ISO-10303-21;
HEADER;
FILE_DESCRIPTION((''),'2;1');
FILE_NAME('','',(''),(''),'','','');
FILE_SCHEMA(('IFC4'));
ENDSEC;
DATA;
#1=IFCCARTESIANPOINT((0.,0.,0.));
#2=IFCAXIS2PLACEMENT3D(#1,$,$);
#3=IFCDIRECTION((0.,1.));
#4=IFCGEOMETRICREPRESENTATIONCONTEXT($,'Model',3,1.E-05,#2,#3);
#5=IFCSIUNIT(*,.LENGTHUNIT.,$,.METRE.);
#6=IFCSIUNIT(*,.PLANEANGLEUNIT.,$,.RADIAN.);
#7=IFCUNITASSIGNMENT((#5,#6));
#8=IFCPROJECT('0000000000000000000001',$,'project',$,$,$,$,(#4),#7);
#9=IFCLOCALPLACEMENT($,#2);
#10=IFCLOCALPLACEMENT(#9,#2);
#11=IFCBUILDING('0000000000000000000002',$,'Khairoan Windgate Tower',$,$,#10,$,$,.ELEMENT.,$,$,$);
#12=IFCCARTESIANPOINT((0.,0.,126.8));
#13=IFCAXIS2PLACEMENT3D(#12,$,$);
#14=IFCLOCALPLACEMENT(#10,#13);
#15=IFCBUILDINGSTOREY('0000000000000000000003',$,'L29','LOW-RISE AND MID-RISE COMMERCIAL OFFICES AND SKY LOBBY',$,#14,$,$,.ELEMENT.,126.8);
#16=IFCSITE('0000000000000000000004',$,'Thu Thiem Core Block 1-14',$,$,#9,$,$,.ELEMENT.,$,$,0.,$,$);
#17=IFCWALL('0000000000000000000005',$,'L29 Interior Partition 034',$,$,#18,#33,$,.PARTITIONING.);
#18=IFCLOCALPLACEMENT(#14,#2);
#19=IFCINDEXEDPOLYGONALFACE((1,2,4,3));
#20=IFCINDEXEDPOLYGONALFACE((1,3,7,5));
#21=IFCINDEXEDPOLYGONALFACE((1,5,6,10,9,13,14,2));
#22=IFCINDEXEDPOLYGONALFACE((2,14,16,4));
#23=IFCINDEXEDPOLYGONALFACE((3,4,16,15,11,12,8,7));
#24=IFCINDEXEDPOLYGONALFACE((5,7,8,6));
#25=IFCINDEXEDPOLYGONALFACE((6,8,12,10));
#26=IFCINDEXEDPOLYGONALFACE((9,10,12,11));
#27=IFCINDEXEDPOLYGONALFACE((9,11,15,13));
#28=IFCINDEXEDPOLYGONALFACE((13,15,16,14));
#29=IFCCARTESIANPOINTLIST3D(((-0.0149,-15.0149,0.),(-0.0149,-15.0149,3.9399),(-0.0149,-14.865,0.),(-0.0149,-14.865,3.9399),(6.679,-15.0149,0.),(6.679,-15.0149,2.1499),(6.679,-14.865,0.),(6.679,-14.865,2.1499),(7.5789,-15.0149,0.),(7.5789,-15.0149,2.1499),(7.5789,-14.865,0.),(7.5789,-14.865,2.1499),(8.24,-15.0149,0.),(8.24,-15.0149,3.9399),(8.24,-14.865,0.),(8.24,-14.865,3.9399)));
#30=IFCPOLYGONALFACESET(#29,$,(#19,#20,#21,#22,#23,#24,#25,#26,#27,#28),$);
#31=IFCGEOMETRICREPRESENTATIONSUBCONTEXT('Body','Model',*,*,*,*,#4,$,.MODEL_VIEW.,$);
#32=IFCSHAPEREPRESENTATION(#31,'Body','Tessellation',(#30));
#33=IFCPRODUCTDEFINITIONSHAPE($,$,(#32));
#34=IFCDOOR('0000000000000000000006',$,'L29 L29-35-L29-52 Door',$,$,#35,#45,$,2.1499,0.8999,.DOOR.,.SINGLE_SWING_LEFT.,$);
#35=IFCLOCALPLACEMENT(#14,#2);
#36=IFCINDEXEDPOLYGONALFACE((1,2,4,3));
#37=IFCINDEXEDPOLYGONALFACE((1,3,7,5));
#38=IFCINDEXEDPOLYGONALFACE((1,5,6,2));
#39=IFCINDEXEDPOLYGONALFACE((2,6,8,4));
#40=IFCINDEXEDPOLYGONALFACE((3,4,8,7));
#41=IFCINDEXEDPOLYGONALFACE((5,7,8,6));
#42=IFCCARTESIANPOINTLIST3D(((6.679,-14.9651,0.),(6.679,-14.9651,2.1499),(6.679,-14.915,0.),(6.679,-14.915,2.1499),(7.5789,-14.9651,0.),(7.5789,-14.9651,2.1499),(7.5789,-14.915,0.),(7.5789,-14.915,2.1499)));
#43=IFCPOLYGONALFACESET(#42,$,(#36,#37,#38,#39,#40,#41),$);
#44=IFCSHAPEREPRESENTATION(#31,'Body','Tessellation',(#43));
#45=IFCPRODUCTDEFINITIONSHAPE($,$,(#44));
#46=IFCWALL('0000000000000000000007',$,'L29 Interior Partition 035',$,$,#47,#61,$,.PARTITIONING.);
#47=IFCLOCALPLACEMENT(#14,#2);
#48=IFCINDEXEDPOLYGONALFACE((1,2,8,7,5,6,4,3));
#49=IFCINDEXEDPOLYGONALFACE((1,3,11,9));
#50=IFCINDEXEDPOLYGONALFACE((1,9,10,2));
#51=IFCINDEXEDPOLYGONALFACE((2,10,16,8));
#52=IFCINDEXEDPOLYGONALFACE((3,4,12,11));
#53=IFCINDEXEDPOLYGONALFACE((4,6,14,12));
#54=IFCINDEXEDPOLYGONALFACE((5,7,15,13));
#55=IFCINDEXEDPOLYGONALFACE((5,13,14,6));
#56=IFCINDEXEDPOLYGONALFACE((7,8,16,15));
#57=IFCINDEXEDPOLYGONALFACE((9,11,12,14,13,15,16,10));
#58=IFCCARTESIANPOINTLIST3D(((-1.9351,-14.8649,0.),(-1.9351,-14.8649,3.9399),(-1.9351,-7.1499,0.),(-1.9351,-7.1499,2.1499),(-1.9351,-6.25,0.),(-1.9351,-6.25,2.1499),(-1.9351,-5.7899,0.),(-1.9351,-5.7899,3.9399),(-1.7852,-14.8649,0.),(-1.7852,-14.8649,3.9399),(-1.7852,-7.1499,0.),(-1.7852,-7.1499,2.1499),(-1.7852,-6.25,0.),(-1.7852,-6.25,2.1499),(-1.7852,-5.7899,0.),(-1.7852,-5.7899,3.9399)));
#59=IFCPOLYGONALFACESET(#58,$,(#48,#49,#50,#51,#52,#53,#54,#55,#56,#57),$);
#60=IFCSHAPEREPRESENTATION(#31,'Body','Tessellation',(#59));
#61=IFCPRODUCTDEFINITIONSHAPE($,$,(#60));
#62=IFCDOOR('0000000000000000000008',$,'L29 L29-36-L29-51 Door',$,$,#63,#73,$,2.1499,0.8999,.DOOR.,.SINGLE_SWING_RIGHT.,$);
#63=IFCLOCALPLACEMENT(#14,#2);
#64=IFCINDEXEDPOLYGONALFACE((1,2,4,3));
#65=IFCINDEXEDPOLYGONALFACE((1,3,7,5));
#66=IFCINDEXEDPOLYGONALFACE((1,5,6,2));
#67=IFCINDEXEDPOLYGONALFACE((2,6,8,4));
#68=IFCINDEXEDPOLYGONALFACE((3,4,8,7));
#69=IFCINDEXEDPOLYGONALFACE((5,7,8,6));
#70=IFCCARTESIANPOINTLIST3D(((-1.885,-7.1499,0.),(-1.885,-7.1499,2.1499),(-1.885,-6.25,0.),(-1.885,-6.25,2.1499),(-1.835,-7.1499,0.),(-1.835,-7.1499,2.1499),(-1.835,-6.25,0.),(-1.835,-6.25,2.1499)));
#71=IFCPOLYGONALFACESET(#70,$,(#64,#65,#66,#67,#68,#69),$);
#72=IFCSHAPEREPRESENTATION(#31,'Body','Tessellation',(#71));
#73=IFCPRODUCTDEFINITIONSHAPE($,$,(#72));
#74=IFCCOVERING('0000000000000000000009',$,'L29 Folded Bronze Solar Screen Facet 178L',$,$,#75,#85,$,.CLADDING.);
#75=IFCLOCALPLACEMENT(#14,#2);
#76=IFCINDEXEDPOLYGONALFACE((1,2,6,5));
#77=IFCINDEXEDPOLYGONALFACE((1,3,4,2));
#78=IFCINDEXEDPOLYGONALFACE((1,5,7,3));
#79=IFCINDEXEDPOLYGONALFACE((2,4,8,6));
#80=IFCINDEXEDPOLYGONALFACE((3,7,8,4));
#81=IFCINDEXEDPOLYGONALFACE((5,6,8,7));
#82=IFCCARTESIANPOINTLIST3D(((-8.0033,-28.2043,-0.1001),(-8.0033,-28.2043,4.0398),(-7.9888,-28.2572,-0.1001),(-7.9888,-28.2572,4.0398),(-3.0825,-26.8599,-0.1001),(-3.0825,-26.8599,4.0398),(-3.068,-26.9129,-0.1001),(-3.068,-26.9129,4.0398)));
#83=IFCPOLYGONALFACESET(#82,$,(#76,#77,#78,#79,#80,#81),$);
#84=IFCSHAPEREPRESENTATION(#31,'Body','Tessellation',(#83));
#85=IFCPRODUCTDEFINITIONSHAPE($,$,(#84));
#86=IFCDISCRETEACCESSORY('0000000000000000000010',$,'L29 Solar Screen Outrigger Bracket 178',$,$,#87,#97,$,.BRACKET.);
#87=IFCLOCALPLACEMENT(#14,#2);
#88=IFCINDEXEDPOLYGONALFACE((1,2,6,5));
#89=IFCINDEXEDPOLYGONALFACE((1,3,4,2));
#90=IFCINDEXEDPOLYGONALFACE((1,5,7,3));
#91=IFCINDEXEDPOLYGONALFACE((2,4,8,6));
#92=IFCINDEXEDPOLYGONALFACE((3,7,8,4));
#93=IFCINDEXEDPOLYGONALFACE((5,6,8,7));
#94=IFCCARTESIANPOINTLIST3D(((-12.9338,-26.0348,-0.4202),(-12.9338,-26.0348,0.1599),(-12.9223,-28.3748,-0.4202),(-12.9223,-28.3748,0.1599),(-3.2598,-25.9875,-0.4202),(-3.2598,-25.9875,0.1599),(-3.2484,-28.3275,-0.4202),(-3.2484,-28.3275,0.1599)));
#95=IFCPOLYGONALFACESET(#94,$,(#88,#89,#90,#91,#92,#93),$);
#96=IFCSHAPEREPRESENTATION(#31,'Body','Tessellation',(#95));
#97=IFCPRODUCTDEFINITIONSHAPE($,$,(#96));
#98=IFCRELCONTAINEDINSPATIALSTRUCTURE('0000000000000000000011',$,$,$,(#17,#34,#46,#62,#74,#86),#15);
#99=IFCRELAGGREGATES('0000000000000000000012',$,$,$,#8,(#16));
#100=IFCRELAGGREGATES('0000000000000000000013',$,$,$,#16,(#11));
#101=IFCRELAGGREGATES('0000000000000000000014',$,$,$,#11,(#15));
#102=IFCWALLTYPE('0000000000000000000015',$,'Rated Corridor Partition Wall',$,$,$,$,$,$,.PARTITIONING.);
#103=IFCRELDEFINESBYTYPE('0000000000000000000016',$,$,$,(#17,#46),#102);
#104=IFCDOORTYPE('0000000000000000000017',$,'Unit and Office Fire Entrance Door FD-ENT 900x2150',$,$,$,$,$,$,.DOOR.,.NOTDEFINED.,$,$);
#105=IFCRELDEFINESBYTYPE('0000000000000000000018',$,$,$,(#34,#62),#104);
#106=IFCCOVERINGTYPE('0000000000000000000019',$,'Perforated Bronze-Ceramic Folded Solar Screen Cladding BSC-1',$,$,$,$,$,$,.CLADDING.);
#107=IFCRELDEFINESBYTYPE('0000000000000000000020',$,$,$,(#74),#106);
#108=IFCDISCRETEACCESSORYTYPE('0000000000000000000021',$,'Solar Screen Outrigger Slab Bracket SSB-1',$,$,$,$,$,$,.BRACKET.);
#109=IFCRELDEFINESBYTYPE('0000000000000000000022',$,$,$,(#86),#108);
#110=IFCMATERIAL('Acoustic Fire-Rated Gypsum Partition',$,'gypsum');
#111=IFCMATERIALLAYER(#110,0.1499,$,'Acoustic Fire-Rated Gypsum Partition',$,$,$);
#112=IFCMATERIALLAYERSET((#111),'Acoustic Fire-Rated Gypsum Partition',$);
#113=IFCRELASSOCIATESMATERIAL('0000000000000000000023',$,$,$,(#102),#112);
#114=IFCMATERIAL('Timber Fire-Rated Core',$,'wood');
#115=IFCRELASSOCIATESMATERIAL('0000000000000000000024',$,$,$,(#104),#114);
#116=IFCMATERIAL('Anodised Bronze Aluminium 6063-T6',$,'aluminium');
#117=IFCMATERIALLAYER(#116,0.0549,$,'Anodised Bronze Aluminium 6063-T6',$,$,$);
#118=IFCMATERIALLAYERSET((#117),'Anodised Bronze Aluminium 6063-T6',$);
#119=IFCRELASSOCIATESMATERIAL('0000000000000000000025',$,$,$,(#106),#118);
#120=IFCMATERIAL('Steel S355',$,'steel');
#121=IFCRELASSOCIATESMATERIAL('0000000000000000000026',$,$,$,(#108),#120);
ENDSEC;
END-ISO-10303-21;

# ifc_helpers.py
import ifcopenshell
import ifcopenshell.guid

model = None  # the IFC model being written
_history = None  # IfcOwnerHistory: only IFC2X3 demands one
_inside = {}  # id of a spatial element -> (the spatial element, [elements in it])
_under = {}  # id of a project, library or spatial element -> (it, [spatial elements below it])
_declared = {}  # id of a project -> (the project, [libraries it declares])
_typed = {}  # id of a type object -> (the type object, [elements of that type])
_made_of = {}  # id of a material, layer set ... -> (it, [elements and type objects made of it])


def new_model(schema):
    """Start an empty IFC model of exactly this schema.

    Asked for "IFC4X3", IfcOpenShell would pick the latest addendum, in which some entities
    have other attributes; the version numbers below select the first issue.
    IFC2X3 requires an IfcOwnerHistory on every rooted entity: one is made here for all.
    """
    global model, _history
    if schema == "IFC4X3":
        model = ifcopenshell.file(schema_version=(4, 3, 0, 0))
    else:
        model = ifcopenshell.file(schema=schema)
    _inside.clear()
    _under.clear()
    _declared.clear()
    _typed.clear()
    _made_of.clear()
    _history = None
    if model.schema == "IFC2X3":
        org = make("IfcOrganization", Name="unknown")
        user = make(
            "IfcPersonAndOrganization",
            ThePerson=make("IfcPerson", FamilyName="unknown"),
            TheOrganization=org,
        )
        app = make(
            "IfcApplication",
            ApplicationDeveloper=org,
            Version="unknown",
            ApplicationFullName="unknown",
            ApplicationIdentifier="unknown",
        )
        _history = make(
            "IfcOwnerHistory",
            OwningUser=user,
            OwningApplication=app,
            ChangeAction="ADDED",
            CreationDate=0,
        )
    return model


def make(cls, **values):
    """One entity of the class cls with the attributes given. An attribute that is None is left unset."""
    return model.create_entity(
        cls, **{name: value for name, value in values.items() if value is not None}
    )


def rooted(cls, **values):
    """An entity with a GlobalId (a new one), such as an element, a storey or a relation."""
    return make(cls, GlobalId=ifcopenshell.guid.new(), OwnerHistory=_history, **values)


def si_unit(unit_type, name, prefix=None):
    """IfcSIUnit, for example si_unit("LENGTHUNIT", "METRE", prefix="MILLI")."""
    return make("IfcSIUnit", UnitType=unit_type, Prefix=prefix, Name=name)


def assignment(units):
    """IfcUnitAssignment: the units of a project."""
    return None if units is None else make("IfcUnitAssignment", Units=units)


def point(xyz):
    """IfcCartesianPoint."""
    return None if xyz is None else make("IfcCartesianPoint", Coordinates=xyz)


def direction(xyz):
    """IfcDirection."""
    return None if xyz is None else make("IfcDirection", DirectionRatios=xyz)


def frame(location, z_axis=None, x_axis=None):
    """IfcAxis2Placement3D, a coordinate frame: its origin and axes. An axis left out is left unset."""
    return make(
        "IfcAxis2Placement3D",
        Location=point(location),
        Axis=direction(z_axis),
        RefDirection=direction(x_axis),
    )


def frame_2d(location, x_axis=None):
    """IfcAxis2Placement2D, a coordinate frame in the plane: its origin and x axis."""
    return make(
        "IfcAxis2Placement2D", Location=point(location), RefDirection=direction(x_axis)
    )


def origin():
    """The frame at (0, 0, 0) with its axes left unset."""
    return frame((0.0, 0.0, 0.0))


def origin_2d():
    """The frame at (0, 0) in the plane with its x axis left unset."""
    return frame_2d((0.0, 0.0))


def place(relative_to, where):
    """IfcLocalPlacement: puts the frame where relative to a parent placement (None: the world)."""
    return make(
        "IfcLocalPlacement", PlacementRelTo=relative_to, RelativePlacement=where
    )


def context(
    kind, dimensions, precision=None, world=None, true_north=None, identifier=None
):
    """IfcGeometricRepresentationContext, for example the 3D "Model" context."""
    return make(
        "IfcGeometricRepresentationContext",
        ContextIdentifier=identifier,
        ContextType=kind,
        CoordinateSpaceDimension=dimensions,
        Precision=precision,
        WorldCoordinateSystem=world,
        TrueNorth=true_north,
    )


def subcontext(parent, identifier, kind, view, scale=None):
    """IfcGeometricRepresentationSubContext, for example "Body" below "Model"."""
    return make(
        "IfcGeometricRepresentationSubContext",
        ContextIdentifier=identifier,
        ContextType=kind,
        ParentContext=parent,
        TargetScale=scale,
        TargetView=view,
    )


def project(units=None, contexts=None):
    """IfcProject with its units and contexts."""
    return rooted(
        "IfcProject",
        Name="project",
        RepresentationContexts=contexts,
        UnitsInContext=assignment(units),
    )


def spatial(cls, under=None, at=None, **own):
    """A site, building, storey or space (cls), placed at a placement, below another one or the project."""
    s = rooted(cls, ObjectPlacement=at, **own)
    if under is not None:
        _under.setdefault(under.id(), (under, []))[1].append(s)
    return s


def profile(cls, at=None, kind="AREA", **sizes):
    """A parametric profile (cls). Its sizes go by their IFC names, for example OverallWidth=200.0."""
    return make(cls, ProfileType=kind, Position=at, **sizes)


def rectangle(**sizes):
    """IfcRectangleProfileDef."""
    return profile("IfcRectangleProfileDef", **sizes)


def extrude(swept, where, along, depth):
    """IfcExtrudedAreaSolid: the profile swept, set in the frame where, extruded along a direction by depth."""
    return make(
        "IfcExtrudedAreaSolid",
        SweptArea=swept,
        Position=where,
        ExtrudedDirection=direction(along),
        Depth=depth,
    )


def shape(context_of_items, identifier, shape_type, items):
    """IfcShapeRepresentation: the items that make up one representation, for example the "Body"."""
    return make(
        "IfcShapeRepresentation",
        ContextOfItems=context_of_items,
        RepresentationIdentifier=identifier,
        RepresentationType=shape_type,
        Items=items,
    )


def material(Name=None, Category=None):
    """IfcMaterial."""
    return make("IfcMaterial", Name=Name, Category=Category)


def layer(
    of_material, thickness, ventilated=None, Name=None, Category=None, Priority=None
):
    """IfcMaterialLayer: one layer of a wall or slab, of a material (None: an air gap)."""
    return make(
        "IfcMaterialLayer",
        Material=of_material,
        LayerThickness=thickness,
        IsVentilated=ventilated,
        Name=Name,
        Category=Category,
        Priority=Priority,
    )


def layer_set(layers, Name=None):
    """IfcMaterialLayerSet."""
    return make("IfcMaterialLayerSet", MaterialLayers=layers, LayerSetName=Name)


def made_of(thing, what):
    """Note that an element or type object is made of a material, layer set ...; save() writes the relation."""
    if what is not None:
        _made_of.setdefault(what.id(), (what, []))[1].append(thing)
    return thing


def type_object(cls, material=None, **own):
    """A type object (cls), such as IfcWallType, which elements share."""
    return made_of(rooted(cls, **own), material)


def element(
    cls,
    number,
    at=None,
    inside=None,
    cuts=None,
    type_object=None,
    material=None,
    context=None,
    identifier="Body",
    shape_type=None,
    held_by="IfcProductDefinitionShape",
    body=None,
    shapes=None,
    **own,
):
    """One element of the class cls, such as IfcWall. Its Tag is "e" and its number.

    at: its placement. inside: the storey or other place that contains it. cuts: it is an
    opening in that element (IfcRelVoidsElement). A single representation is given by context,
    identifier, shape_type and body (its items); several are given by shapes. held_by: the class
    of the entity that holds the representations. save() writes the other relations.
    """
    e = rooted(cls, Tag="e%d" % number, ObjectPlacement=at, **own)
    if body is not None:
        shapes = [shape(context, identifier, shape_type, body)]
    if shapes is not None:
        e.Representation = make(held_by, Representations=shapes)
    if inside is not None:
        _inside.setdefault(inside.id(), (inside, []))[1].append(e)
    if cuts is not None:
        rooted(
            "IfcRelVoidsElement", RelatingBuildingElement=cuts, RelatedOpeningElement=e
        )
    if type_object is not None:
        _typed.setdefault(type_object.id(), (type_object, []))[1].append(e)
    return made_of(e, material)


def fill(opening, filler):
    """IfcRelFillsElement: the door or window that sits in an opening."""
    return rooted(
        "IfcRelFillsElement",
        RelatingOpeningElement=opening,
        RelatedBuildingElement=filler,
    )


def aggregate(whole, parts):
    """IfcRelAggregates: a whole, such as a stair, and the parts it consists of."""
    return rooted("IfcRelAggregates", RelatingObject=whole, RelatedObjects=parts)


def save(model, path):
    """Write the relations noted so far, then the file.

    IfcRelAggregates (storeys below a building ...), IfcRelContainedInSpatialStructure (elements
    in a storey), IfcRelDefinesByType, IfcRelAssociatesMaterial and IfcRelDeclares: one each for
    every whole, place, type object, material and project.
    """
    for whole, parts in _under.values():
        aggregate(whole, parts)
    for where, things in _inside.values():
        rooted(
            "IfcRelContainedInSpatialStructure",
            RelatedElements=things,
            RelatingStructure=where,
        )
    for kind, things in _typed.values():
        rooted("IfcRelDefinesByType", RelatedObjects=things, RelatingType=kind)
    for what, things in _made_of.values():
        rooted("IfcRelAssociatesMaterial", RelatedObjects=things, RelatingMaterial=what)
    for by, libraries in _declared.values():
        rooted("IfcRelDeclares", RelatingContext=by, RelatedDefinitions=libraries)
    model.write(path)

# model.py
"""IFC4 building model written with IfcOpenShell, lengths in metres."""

from ifc_helpers import new_model, si_unit, direction, frame, frame_2d, origin, origin_2d, place, context, subcontext, project, spatial, rectangle, extrude, material, layer, layer_set, type_object, element, fill, save


model = new_model("IFC4")

# Units and contexts
model_context = context("Model", 3, precision=1e-05, world=origin(), true_north=direction((0.0, 1.0)))
body_context = subcontext(model_context, "Body", "Model", "MODEL_VIEW")
ifc_project = project(units=[si_unit("LENGTHUNIT", "METRE"), si_unit("PLANEANGLEUNIT", "RADIAN")], contexts=[model_context])

# Site, building, storey
site_placement = place(None, origin())
site = spatial("IfcSite", under=ifc_project, at=site_placement, Name="Thu Thiem Core Block 1-14", CompositionType="ELEMENT", RefElevation=0.0)
building_placement = place(site_placement, origin())
building = spatial("IfcBuilding", under=site, at=building_placement, Name="Khairoan Windgate Tower", CompositionType="ELEMENT")
storey_placement = place(building_placement, frame((0.0, 0.0, 126.8)))
storey = spatial("IfcBuildingStorey", under=building, at=storey_placement, Name="L29", Description="LOW-RISE AND MID-RISE COMMERCIAL OFFICES AND SKY LOBBY", CompositionType="ELEMENT", Elevation=126.8)

# Walls, openings, doors
ifc_material_1 = material(Name="Acoustic Fire-Rated Gypsum Partition", Category="gypsum")
ifc_layer_1 = layer(ifc_material_1, 0.1499, Name="Acoustic Fire-Rated Gypsum Partition")
ifc_layer_set_1 = layer_set([ifc_layer_1], Name="Acoustic Fire-Rated Gypsum Partition")
wall_type_1 = type_object("IfcWallType", Name="Rated Corridor Partition Wall", PredefinedType="PARTITIONING", material=ifc_layer_set_1)
ifc_material_2 = material(Name="Timber Fire-Rated Core", Category="wood")
door_type_1 = type_object("IfcDoorType", Name="Unit and Office Fire Entrance Door FD-ENT 900x2150", OperationType="NOTDEFINED", PredefinedType="DOOR", material=ifc_material_2)
wall_1_placement = place(storey_placement, frame((-0.0149, -14.9399, 0.0), z_axis=(0.0, 0.0, 1.0), x_axis=(1.0, 0.0, 0.0)))
wall_1 = element("IfcWall", 1, at=wall_1_placement, inside=storey, type_object=wall_type_1, Name="L29 Interior Partition 034", PredefinedType="PARTITIONING", context=body_context, shape_type="SweptSolid", body=[
    extrude(rectangle(XDim=8.2549, YDim=0.1499, at=frame_2d((4.1274, 0.0))), origin(), (0.0, 0.0, 1.0), 3.9399),
])
opening_1_placement = place(wall_1_placement, frame((6.6938, 0.0, 0.0)))
opening_1 = element("IfcOpeningElement", 2, at=opening_1_placement, cuts=wall_1, PredefinedType="OPENING", context=body_context, shape_type="SweptSolid", body=[
    extrude(rectangle(XDim=0.8999, YDim=2.1499, at=frame_2d((0.45, 1.075))), frame((0.0, 0.085, 0.0), z_axis=(0.0, -1.0, 0.0), x_axis=(1.0, 0.0, 0.0)), (0.0, 0.0, 1.0), 0.1699),
])
door_1_placement = place(opening_1_placement, origin())
door_1 = element("IfcDoor", 3, at=door_1_placement, inside=storey, type_object=door_type_1, Name="L29 L29-35-L29-52 Door", OperationType="SINGLE_SWING_LEFT", OverallHeight=2.1499, OverallWidth=0.8999, PredefinedType="DOOR", context=body_context, shape_type="SweptSolid", body=[
    extrude(rectangle(XDim=0.8999, YDim=2.1499, at=frame_2d((0.45, 1.075))), frame((0.0, 0.0249, 0.0), z_axis=(0.0, -1.0, 0.0), x_axis=(1.0, 0.0, 0.0)), (0.0, 0.0, 1.0), 0.05),
])
fill(opening_1, door_1)
wall_2_placement = place(storey_placement, frame((-1.8601, -14.865, 0.0), z_axis=(0.0, 0.0, 1.0), x_axis=(0.0, 1.0, 0.0)))
wall_2 = element("IfcWall", 4, at=wall_2_placement, inside=storey, type_object=wall_type_1, Name="L29 Interior Partition 035", PredefinedType="PARTITIONING", context=body_context, shape_type="SweptSolid", body=[
    extrude(rectangle(XDim=9.075, YDim=0.1499, at=frame_2d((4.5376, 0.0))), origin(), (0.0, 0.0, 1.0), 3.9399),
])
opening_2_placement = place(wall_2_placement, frame((7.7151, 0.0, 0.0)))
opening_2 = element("IfcOpeningElement", 5, at=opening_2_placement, cuts=wall_2, PredefinedType="OPENING", context=body_context, shape_type="SweptSolid", body=[
    extrude(rectangle(XDim=0.8999, YDim=2.1499, at=frame_2d((0.45, 1.075))), frame((0.0, 0.085, 0.0), z_axis=(0.0, -1.0, 0.0), x_axis=(1.0, 0.0, 0.0)), (0.0, 0.0, 1.0), 0.1699),
])
door_2_placement = place(opening_2_placement, origin())
door_2 = element("IfcDoor", 6, at=door_2_placement, inside=storey, type_object=door_type_1, Name="L29 L29-36-L29-51 Door", OperationType="SINGLE_SWING_RIGHT", OverallHeight=2.1499, OverallWidth=0.8999, PredefinedType="DOOR", context=body_context, shape_type="SweptSolid", body=[
    extrude(rectangle(XDim=0.8999, YDim=2.1499, at=frame_2d((0.45, 1.075))), frame((0.0, 0.0249, 0.0), z_axis=(0.0, -1.0, 0.0), x_axis=(1.0, 0.0, 0.0)), (0.0, 0.0, 1.0), 0.05),
])
fill(opening_2, door_2)

# Covering
ifc_material_3 = material(Name="Anodised Bronze Aluminium 6063-T6", Category="aluminium")
ifc_layer_2 = layer(ifc_material_3, 0.0549, Name="Anodised Bronze Aluminium 6063-T6")
ifc_layer_set_2 = layer_set([ifc_layer_2], Name="Anodised Bronze Aluminium 6063-T6")
covering_type = type_object("IfcCoveringType", Name="Perforated Bronze-Ceramic Folded Solar Screen Cladding BSC-1", PredefinedType="CLADDING", material=ifc_layer_set_2)
covering_placement = place(storey_placement, frame((-5.5356, -27.5586, -0.1001), z_axis=(0.0, 0.0, 1.0), x_axis=(-0.964649, -0.263536, 0.0)))
element("IfcCovering", 7, at=covering_placement, inside=storey, type_object=covering_type, Name="L29 Folded Bronze Solar Screen Facet 178L", PredefinedType="CLADDING", context=body_context, shape_type="SweptSolid", body=[
    extrude(rectangle(XDim=5.1011, YDim=0.0549, at=origin_2d()), origin(), (0.0, 0.0, 1.0), 4.1399),
])

# Discrete accessory
ifc_material_4 = material(Name="Steel S355", Category="steel")
discrete_accessory_type = type_object("IfcDiscreteAccessoryType", Name="Solar Screen Outrigger Slab Bracket SSB-1", PredefinedType="BRACKET", material=ifc_material_4)
discrete_accessory_placement = place(storey_placement, frame((-8.0911, -27.1812, -0.4202), z_axis=(0.0, 0.0, 1.0), x_axis=(-0.999988, -0.004887, 0.0)))
element("IfcDiscreteAccessory", 8, at=discrete_accessory_placement, inside=storey, type_object=discrete_accessory_type, Name="L29 Solar Screen Outrigger Bracket 178", PredefinedType="BRACKET", context=body_context, shape_type="SweptSolid", body=[
    extrude(rectangle(XDim=9.6741, YDim=2.3401, at=origin_2d()), origin(), (0.0, 0.0, 1.0), 0.5801),
])

save(model, "model.ifc")
